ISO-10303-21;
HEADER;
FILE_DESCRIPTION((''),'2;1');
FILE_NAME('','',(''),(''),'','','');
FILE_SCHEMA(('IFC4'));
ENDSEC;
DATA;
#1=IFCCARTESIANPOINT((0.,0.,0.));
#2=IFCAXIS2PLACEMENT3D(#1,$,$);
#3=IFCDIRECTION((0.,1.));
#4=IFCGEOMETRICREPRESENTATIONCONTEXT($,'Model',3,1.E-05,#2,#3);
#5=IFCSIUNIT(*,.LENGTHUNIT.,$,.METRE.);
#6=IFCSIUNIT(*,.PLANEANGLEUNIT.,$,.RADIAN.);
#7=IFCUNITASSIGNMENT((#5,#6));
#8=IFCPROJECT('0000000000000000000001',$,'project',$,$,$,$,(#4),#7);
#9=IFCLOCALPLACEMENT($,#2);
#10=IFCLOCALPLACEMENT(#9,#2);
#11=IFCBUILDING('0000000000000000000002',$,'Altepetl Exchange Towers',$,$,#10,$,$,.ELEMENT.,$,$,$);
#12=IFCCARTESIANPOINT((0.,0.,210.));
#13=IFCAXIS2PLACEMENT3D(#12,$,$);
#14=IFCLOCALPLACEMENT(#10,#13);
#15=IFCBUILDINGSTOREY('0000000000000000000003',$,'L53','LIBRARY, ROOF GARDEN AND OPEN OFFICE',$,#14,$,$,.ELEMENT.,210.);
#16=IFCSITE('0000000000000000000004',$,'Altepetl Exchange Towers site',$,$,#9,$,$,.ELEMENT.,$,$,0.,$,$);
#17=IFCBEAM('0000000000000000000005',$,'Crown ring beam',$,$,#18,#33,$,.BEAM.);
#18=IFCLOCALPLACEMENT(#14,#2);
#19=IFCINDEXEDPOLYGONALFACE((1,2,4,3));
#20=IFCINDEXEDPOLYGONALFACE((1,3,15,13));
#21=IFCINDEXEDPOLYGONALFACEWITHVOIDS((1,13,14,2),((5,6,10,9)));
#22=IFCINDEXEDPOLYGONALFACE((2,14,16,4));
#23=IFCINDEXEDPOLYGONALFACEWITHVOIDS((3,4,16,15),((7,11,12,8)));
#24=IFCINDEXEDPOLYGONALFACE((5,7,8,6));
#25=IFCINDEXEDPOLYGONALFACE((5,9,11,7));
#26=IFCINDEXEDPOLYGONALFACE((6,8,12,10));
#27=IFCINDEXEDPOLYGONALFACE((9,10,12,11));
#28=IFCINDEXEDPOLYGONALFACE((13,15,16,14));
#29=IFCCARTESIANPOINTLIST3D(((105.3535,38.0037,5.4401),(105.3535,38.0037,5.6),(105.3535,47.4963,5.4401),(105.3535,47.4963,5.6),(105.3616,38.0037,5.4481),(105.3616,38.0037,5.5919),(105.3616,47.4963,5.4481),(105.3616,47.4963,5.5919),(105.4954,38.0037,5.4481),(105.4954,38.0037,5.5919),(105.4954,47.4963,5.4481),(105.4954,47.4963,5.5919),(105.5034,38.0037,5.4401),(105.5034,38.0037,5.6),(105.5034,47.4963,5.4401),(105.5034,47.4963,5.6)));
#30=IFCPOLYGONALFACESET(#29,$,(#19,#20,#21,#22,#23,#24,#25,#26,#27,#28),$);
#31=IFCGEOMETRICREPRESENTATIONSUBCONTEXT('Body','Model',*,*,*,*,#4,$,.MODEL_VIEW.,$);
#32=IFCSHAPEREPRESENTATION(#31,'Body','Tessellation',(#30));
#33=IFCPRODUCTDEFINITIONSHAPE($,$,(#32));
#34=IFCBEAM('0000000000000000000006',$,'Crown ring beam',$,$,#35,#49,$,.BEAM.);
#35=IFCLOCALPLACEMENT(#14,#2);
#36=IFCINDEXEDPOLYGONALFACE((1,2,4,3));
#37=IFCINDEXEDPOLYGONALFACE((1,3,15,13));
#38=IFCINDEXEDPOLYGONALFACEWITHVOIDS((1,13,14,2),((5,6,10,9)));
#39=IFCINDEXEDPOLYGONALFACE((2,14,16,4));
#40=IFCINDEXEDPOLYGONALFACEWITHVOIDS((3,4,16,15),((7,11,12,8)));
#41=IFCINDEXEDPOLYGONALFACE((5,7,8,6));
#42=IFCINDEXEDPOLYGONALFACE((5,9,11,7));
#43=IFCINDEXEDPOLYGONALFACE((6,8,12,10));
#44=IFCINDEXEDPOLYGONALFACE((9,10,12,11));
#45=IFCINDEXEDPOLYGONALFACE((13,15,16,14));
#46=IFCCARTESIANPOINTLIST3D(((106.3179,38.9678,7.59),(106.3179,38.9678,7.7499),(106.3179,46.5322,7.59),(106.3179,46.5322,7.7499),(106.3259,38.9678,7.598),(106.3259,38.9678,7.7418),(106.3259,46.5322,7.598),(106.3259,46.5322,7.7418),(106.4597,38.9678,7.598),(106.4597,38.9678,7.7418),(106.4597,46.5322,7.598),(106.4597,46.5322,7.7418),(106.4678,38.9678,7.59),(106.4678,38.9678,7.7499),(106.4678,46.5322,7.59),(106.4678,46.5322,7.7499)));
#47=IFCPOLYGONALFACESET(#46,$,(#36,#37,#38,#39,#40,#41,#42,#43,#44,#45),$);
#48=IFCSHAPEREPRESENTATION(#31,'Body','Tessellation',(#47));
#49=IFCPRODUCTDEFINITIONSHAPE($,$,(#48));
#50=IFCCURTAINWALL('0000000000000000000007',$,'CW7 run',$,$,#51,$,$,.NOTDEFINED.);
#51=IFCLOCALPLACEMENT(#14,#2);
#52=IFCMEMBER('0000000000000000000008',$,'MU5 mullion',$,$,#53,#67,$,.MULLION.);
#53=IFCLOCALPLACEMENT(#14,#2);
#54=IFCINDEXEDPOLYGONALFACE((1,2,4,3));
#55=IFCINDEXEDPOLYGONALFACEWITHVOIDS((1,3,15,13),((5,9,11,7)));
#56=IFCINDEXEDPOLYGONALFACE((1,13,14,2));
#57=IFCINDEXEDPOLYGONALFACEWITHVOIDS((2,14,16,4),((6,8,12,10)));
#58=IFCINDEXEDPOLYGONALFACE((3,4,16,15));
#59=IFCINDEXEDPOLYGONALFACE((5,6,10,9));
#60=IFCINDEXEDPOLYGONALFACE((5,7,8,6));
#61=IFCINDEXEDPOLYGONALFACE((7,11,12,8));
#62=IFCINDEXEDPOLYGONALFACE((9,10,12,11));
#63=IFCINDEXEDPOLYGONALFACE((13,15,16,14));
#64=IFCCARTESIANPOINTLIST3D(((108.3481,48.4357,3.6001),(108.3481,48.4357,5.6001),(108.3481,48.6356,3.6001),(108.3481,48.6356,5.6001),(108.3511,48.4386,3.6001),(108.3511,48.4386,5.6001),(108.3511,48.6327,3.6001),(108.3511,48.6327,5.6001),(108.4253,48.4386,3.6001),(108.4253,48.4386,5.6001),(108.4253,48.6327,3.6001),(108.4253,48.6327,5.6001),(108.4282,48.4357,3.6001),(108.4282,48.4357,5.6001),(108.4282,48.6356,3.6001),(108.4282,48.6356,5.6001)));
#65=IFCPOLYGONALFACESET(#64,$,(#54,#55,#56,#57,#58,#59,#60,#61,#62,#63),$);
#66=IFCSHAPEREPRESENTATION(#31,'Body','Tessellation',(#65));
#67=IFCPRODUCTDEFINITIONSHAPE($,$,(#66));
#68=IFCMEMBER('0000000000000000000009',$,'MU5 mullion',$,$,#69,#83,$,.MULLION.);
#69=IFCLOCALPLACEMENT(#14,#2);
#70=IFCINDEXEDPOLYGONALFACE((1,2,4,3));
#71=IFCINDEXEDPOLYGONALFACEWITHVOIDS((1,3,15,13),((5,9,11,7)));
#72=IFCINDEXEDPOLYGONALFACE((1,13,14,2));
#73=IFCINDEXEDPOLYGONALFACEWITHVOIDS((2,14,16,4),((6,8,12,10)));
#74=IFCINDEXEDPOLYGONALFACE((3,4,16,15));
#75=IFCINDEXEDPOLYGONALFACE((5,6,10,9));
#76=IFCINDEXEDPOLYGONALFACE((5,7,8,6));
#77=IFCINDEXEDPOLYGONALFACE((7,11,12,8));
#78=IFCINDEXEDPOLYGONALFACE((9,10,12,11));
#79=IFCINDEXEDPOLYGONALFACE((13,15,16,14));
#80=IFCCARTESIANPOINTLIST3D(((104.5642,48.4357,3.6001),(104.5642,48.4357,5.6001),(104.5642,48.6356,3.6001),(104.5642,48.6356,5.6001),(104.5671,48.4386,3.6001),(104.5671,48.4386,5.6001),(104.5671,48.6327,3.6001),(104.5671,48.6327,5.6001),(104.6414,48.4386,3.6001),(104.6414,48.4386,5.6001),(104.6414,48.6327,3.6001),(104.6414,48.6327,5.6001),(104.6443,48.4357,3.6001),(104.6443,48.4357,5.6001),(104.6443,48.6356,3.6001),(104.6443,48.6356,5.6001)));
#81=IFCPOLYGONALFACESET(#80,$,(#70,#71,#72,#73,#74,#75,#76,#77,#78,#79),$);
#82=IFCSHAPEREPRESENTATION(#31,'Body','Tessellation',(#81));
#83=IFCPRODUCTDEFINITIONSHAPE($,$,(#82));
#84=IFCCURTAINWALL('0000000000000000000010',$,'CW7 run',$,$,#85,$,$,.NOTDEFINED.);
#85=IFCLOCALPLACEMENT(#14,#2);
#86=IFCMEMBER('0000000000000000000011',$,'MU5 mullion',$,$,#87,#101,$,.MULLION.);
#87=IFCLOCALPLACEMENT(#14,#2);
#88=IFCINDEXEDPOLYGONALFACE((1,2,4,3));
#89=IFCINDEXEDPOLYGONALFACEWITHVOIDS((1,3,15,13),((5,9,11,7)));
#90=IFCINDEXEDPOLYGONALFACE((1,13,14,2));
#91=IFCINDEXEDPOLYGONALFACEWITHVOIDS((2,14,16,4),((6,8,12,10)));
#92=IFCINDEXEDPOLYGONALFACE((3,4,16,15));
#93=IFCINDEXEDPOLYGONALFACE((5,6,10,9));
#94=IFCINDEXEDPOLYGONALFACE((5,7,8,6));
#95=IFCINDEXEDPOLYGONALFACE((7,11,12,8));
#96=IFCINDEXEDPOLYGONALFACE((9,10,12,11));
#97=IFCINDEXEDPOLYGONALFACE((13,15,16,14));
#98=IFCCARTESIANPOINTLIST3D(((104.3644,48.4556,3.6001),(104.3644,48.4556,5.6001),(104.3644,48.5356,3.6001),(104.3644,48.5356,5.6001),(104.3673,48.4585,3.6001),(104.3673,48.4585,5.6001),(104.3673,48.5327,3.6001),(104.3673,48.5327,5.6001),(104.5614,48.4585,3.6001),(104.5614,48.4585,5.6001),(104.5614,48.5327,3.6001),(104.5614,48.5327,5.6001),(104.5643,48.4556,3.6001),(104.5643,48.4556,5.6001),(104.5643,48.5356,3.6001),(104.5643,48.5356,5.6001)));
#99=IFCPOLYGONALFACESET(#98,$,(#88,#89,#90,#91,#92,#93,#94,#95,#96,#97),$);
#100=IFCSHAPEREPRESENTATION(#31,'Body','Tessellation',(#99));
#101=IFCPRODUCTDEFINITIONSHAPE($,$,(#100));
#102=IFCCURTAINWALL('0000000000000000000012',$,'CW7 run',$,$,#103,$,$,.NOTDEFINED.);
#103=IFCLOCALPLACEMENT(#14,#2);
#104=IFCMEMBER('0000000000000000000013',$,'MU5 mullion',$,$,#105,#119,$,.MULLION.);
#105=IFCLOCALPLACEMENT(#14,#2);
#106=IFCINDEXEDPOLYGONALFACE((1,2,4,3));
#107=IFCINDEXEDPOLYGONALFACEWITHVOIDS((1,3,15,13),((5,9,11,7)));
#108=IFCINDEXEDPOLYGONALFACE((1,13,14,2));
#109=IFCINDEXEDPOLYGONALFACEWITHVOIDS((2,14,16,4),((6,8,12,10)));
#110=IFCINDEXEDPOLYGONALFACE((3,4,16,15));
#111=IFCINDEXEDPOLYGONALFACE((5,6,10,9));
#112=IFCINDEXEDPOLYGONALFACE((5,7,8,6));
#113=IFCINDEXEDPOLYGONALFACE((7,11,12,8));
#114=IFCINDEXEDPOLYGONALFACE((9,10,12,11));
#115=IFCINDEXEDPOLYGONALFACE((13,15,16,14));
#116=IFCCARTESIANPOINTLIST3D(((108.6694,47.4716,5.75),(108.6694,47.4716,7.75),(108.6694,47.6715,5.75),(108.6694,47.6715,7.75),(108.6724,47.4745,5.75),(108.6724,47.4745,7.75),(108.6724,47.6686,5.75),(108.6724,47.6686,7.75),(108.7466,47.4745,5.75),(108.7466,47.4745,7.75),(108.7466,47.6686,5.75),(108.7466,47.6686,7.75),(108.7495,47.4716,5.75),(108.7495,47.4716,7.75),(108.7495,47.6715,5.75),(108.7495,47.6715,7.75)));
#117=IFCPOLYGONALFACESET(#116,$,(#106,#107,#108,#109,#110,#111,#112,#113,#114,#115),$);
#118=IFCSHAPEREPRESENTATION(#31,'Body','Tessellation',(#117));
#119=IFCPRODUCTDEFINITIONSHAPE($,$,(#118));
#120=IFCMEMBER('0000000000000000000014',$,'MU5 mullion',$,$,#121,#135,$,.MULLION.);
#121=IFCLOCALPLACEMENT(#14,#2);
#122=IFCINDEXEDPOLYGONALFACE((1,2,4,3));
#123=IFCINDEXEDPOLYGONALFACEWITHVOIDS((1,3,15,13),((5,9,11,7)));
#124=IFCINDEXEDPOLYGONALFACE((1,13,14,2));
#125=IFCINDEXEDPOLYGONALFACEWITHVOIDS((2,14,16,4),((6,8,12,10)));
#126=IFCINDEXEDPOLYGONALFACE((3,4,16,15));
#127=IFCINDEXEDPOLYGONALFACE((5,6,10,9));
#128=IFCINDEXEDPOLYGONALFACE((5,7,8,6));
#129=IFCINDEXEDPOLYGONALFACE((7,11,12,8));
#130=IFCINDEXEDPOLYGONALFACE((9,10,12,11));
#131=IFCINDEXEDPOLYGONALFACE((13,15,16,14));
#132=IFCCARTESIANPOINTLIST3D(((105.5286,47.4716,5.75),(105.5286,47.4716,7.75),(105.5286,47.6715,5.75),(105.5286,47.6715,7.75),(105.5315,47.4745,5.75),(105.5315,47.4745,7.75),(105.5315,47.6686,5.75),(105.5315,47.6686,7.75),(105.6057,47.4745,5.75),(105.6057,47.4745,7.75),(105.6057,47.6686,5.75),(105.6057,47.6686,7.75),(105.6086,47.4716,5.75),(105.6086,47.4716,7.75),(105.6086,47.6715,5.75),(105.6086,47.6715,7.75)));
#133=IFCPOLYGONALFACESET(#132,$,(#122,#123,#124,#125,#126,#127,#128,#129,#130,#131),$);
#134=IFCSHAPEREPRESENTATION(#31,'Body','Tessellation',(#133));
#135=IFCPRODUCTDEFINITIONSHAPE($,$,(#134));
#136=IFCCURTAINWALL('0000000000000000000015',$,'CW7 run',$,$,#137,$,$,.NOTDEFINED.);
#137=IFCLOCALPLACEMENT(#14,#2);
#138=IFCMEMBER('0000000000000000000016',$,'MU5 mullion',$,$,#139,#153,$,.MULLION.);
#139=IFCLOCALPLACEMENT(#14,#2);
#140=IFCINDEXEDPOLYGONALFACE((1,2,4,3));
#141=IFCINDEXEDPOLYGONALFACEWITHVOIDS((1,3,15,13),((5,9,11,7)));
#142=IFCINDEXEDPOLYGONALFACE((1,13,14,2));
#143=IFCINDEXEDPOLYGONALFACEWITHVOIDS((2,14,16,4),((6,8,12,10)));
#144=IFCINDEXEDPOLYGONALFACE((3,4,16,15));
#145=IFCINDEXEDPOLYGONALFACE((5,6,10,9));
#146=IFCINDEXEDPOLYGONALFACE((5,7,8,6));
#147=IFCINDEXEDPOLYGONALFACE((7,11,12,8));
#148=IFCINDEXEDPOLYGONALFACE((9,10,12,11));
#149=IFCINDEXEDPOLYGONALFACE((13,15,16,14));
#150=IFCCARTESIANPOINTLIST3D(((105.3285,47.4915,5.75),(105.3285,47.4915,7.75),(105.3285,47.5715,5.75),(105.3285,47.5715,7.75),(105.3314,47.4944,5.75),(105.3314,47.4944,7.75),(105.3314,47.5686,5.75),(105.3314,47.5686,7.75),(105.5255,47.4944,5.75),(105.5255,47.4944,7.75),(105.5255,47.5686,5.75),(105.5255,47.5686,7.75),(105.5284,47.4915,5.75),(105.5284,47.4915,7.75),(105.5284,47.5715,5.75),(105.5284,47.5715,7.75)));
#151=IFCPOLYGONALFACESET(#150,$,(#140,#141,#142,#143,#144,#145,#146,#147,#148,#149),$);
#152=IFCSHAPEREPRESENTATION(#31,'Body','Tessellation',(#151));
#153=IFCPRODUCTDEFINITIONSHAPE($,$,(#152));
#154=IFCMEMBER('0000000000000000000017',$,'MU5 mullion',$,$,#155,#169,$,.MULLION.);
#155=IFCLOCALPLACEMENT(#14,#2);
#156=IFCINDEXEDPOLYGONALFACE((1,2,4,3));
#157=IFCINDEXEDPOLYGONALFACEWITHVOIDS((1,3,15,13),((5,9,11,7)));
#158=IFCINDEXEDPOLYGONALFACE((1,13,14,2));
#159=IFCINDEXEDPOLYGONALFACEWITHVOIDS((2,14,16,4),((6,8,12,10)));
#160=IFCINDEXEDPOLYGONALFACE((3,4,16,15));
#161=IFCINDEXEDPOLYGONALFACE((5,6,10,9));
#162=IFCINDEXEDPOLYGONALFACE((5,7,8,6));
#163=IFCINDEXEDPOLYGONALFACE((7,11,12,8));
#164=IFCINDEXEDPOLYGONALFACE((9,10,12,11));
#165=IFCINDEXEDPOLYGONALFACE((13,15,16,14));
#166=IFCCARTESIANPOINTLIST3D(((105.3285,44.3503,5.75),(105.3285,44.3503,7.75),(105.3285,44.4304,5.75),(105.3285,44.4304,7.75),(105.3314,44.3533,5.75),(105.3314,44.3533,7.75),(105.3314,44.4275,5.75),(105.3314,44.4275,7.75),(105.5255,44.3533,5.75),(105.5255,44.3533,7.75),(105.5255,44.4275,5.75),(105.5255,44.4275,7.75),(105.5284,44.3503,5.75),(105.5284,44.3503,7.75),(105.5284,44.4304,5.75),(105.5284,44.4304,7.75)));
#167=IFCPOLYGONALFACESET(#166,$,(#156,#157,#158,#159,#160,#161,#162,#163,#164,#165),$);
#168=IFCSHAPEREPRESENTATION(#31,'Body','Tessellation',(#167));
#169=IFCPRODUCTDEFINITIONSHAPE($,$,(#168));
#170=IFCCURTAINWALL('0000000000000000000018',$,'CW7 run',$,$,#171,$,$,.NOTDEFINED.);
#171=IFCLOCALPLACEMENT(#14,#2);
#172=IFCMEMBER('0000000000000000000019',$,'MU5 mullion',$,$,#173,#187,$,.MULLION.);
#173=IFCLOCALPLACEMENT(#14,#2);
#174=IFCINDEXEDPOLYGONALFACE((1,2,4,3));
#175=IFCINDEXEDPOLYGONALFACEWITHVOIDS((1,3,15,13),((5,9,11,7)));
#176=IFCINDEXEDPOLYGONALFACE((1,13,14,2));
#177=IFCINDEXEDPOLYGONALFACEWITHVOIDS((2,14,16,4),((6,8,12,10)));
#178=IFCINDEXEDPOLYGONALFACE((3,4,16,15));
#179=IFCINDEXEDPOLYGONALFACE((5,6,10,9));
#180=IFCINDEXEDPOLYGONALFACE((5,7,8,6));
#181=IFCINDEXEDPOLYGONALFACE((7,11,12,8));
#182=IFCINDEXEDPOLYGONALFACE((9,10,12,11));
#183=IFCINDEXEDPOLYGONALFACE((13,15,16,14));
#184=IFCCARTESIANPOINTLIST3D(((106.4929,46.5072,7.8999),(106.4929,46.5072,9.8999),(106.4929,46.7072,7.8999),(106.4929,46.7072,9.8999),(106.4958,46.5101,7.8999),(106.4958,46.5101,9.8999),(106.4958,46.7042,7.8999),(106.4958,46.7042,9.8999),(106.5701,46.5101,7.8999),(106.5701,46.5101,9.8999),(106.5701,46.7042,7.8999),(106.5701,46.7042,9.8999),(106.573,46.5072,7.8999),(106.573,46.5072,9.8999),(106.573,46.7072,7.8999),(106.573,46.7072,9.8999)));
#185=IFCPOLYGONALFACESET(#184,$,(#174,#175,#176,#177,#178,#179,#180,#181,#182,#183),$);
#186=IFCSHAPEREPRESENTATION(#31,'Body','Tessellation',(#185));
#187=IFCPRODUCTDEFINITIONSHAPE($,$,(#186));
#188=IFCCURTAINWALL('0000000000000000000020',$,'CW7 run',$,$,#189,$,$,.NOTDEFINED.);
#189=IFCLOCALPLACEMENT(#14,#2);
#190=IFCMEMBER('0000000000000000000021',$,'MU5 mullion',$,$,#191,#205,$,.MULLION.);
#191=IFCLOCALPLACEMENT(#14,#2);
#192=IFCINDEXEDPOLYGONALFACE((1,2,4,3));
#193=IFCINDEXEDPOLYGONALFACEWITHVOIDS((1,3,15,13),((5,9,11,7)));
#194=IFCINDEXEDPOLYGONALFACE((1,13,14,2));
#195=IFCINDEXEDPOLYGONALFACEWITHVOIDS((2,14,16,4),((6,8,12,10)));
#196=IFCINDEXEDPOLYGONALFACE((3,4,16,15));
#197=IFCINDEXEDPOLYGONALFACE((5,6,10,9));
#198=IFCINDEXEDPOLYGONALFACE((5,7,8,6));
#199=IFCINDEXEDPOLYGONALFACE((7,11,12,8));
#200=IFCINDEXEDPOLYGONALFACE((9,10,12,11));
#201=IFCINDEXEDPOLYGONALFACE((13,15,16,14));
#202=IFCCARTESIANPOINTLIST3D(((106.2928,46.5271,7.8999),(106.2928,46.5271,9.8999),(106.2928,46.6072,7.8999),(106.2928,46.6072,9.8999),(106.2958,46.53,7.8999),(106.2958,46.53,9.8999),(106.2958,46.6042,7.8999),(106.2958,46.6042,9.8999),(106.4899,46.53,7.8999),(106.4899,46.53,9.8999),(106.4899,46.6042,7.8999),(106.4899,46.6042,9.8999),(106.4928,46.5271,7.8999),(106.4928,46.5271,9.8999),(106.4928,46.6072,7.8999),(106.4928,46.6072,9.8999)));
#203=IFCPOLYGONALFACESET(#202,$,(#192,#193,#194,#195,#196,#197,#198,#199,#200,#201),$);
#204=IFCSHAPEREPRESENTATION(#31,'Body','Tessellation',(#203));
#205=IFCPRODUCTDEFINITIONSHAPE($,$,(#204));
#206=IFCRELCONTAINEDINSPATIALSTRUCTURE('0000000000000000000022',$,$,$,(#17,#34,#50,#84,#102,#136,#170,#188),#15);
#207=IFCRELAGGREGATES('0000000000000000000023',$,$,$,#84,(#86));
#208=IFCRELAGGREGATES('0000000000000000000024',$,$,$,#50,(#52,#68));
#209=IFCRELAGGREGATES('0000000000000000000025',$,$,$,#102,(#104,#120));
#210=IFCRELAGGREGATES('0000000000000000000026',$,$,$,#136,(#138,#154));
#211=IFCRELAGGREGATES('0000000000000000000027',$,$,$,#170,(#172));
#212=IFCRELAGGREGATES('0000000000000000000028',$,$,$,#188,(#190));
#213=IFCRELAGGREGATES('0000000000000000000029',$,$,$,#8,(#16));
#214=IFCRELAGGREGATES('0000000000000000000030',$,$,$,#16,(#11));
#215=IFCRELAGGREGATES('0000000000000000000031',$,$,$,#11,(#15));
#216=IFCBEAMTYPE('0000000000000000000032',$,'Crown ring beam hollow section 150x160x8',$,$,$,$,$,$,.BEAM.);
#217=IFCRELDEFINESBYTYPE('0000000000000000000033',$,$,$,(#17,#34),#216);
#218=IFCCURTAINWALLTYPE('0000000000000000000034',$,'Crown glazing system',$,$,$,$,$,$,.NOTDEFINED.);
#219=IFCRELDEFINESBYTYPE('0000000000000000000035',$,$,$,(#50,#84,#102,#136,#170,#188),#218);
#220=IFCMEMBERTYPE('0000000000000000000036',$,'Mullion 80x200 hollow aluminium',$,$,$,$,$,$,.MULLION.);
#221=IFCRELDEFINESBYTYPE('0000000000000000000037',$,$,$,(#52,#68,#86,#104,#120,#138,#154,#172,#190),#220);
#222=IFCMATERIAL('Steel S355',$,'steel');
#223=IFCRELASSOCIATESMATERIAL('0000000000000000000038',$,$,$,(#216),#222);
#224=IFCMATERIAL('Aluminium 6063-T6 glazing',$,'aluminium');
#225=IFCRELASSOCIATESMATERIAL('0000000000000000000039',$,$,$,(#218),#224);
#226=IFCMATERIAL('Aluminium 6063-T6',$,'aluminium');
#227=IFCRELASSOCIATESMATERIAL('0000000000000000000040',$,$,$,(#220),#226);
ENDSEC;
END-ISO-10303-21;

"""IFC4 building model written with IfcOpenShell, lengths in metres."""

from ifc_helpers import new_model, si_unit, direction, frame, origin, origin_2d, place, context, subcontext, project, spatial, hollow_rectangle, extrude, material, material_profile, profile_set, type_object, element, aggregate, save


model = new_model("IFC4")

# Units and contexts
model_context = context("Model", 3, precision=1e-05, world=origin(), true_north=direction((0.0, 1.0)))
body_context = subcontext(model_context, "Body", "Model", "MODEL_VIEW")
ifc_project = project(units=[si_unit("LENGTHUNIT", "METRE"), si_unit("PLANEANGLEUNIT", "RADIAN")], contexts=[model_context])

# Site, building, storey
site_placement = place(None, origin())
site = spatial("IfcSite", under=ifc_project, at=site_placement, Name="Altepetl Exchange Towers site", CompositionType="ELEMENT", RefElevation=0.0)
building_placement = place(site_placement, origin())
building = spatial("IfcBuilding", under=site, at=building_placement, Name="Altepetl Exchange Towers", CompositionType="ELEMENT")
storey_placement = place(building_placement, frame((0.0, 0.0, 210.0)))
storey = spatial("IfcBuildingStorey", under=building, at=storey_placement, Name="L53", Description="LIBRARY, ROOF GARDEN AND OPEN OFFICE", CompositionType="ELEMENT", Elevation=210.0)

# Beams
ifc_material_1 = material(Name="Steel S355", Category="steel")
ifc_material_profile_1 = material_profile(ifc_material_1, hollow_rectangle(XDim=0.1499, YDim=0.1599, WallThickness=0.0081, at=origin_2d()), Name="RHS 160x150x8")
ifc_profile_set_1 = profile_set([ifc_material_profile_1], Name="Steel S355")
beam_type = type_object("IfcBeamType", Name="Crown ring beam hollow section 150x160x8", PredefinedType="BEAM", material=ifc_profile_set_1)
beam_1_placement = place(storey_placement, frame((105.4285, 47.4963, 5.52), z_axis=(0.0, -1.0, 0.0), x_axis=(1.0, 0.0, 0.0)))
element("IfcBeam", 1, at=beam_1_placement, inside=storey, type_object=beam_type, Name="Crown ring beam", PredefinedType="BEAM", context=body_context, shape_type="SweptSolid", body=[
    extrude(hollow_rectangle(XDim=0.1499, YDim=0.1599, WallThickness=0.0081, at=origin_2d()), origin(), (0.0, 0.0, 1.0), 9.4927),
])
beam_2_placement = place(storey_placement, frame((106.3928, 46.5322, 7.6699), z_axis=(0.0, -1.0, 0.0), x_axis=(1.0, 0.0, 0.0)))
element("IfcBeam", 2, at=beam_2_placement, inside=storey, type_object=beam_type, Name="Crown ring beam", PredefinedType="BEAM", context=body_context, shape_type="SweptSolid", body=[
    extrude(hollow_rectangle(XDim=0.1499, YDim=0.1599, WallThickness=0.0081, at=origin_2d()), origin(), (0.0, 0.0, 1.0), 7.5645),
])

# Curtain wall, members
ifc_material_2 = material(Name="Aluminium 6063-T6 glazing", Category="aluminium")
curtain_wall_type = type_object("IfcCurtainWallType", Name="Crown glazing system", PredefinedType="NOTDEFINED", material=ifc_material_2)
curtain_wall_1_placement = place(storey_placement, origin())
curtain_wall_1 = element("IfcCurtainWall", 3, at=curtain_wall_1_placement, inside=storey, type_object=curtain_wall_type, Name="CW7 run", PredefinedType="NOTDEFINED")
ifc_material_3 = material(Name="Aluminium 6063-T6", Category="aluminium")
ifc_material_profile_2 = material_profile(ifc_material_3, hollow_rectangle(XDim=0.0801, YDim=0.2, WallThickness=0.0029, at=origin_2d()), Name="Mullion 80x200 hollow aluminium")
ifc_profile_set_2 = profile_set([ifc_material_profile_2], Name="Aluminium 6063-T6")
member_type = type_object("IfcMemberType", Name="Mullion 80x200 hollow aluminium", PredefinedType="MULLION", material=ifc_profile_set_2)
member_1_placement = place(storey_placement, frame((108.3882, 48.5356, 3.6001), z_axis=(0.0, 0.0, 1.0), x_axis=(-1.0, 0.0, 0.0)))
member_1 = element("IfcMember", 4, at=member_1_placement, type_object=member_type, Name="MU5 mullion", PredefinedType="MULLION", context=body_context, shape_type="SweptSolid", body=[
    extrude(hollow_rectangle(XDim=0.0801, YDim=0.2, WallThickness=0.0029, at=origin_2d()), origin(), (0.0, 0.0, 1.0), 2.0),
])
member_2_placement = place(storey_placement, frame((104.6042, 48.5356, 3.6001), z_axis=(0.0, 0.0, 1.0), x_axis=(-1.0, 0.0, 0.0)))
member_2 = element("IfcMember", 5, at=member_2_placement, type_object=member_type, Name="MU5 mullion", PredefinedType="MULLION", context=body_context, shape_type="SweptSolid", body=[
    extrude(hollow_rectangle(XDim=0.0801, YDim=0.2, WallThickness=0.0029, at=origin_2d()), origin(), (0.0, 0.0, 1.0), 2.0),
])

# Curtain wall, member
curtain_wall_2_placement = place(storey_placement, origin())
curtain_wall_2 = element("IfcCurtainWall", 6, at=curtain_wall_2_placement, inside=storey, type_object=curtain_wall_type, Name="CW7 run", PredefinedType="NOTDEFINED")
member_3_placement = place(storey_placement, frame((104.4644, 48.4956, 3.6001), z_axis=(0.0, 0.0, 1.0), x_axis=(0.0, -1.0, 0.0)))
member_3 = element("IfcMember", 7, at=member_3_placement, type_object=member_type, Name="MU5 mullion", PredefinedType="MULLION", context=body_context, shape_type="SweptSolid", body=[
    extrude(hollow_rectangle(XDim=0.0801, YDim=0.2, WallThickness=0.0029, at=origin_2d()), origin(), (0.0, 0.0, 1.0), 2.0),
])
aggregate(curtain_wall_2, [member_3])

# Curtain walls, members
curtain_wall_3_placement = place(storey_placement, origin())
curtain_wall_3 = element("IfcCurtainWall", 8, at=curtain_wall_3_placement, inside=storey, type_object=curtain_wall_type, Name="CW7 run", PredefinedType="NOTDEFINED")
member_4_placement = place(storey_placement, frame((108.7095, 47.5715, 5.75), z_axis=(0.0, 0.0, 1.0), x_axis=(-1.0, 0.0, 0.0)))
member_4 = element("IfcMember", 9, at=member_4_placement, type_object=member_type, Name="MU5 mullion", PredefinedType="MULLION", context=body_context, shape_type="SweptSolid", body=[
    extrude(hollow_rectangle(XDim=0.0801, YDim=0.2, WallThickness=0.0029, at=origin_2d()), origin(), (0.0, 0.0, 1.0), 2.0),
])
member_5_placement = place(storey_placement, frame((105.5686, 47.5715, 5.75), z_axis=(0.0, 0.0, 1.0), x_axis=(-1.0, 0.0, 0.0)))
member_5 = element("IfcMember", 10, at=member_5_placement, type_object=member_type, Name="MU5 mullion", PredefinedType="MULLION", context=body_context, shape_type="SweptSolid", body=[
    extrude(hollow_rectangle(XDim=0.0801, YDim=0.2, WallThickness=0.0029, at=origin_2d()), origin(), (0.0, 0.0, 1.0), 2.0),
])
curtain_wall_4_placement = place(storey_placement, origin())
curtain_wall_4 = element("IfcCurtainWall", 11, at=curtain_wall_4_placement, inside=storey, type_object=curtain_wall_type, Name="CW7 run", PredefinedType="NOTDEFINED")
member_6_placement = place(storey_placement, frame((105.4285, 47.5315, 5.75), z_axis=(0.0, 0.0, 1.0), x_axis=(0.0, -1.0, 0.0)))
member_6 = element("IfcMember", 12, at=member_6_placement, type_object=member_type, Name="MU5 mullion", PredefinedType="MULLION", context=body_context, shape_type="SweptSolid", body=[
    extrude(hollow_rectangle(XDim=0.0801, YDim=0.2, WallThickness=0.0029, at=origin_2d()), origin(), (0.0, 0.0, 1.0), 2.0),
])
member_7_placement = place(storey_placement, frame((105.4285, 44.3904, 5.75), z_axis=(0.0, 0.0, 1.0), x_axis=(0.0, -1.0, 0.0)))
member_7 = element("IfcMember", 13, at=member_7_placement, type_object=member_type, Name="MU5 mullion", PredefinedType="MULLION", context=body_context, shape_type="SweptSolid", body=[
    extrude(hollow_rectangle(XDim=0.0801, YDim=0.2, WallThickness=0.0029, at=origin_2d()), origin(), (0.0, 0.0, 1.0), 2.0),
])

# Curtain wall, member
curtain_wall_5_placement = place(storey_placement, origin())
curtain_wall_5 = element("IfcCurtainWall", 14, at=curtain_wall_5_placement, inside=storey, type_object=curtain_wall_type, Name="CW7 run", PredefinedType="NOTDEFINED")
member_8_placement = place(storey_placement, frame((106.533, 46.6072, 7.8999), z_axis=(0.0, 0.0, 1.0), x_axis=(-1.0, 0.0, 0.0)))
member_8 = element("IfcMember", 15, at=member_8_placement, type_object=member_type, Name="MU5 mullion", PredefinedType="MULLION", context=body_context, shape_type="SweptSolid", body=[
    extrude(hollow_rectangle(XDim=0.0801, YDim=0.2, WallThickness=0.0029, at=origin_2d()), origin(), (0.0, 0.0, 1.0), 2.0),
])

# Curtain wall, member
curtain_wall_6_placement = place(storey_placement, origin())
curtain_wall_6 = element("IfcCurtainWall", 16, at=curtain_wall_6_placement, inside=storey, type_object=curtain_wall_type, Name="CW7 run", PredefinedType="NOTDEFINED")
member_9_placement = place(storey_placement, frame((106.3928, 46.5671, 7.8999), z_axis=(0.0, 0.0, 1.0), x_axis=(0.0, -1.0, 0.0)))
member_9 = element("IfcMember", 17, at=member_9_placement, type_object=member_type, Name="MU5 mullion", PredefinedType="MULLION", context=body_context, shape_type="SweptSolid", body=[
    extrude(hollow_rectangle(XDim=0.0801, YDim=0.2, WallThickness=0.0029, at=origin_2d()), origin(), (0.0, 0.0, 1.0), 2.0),
])

aggregate(curtain_wall_1, [member_1, member_2])
aggregate(curtain_wall_3, [member_4, member_5])
aggregate(curtain_wall_4, [member_6, member_7])
aggregate(curtain_wall_5, [member_8])
aggregate(curtain_wall_6, [member_9])

save(model, "model.ifc")
